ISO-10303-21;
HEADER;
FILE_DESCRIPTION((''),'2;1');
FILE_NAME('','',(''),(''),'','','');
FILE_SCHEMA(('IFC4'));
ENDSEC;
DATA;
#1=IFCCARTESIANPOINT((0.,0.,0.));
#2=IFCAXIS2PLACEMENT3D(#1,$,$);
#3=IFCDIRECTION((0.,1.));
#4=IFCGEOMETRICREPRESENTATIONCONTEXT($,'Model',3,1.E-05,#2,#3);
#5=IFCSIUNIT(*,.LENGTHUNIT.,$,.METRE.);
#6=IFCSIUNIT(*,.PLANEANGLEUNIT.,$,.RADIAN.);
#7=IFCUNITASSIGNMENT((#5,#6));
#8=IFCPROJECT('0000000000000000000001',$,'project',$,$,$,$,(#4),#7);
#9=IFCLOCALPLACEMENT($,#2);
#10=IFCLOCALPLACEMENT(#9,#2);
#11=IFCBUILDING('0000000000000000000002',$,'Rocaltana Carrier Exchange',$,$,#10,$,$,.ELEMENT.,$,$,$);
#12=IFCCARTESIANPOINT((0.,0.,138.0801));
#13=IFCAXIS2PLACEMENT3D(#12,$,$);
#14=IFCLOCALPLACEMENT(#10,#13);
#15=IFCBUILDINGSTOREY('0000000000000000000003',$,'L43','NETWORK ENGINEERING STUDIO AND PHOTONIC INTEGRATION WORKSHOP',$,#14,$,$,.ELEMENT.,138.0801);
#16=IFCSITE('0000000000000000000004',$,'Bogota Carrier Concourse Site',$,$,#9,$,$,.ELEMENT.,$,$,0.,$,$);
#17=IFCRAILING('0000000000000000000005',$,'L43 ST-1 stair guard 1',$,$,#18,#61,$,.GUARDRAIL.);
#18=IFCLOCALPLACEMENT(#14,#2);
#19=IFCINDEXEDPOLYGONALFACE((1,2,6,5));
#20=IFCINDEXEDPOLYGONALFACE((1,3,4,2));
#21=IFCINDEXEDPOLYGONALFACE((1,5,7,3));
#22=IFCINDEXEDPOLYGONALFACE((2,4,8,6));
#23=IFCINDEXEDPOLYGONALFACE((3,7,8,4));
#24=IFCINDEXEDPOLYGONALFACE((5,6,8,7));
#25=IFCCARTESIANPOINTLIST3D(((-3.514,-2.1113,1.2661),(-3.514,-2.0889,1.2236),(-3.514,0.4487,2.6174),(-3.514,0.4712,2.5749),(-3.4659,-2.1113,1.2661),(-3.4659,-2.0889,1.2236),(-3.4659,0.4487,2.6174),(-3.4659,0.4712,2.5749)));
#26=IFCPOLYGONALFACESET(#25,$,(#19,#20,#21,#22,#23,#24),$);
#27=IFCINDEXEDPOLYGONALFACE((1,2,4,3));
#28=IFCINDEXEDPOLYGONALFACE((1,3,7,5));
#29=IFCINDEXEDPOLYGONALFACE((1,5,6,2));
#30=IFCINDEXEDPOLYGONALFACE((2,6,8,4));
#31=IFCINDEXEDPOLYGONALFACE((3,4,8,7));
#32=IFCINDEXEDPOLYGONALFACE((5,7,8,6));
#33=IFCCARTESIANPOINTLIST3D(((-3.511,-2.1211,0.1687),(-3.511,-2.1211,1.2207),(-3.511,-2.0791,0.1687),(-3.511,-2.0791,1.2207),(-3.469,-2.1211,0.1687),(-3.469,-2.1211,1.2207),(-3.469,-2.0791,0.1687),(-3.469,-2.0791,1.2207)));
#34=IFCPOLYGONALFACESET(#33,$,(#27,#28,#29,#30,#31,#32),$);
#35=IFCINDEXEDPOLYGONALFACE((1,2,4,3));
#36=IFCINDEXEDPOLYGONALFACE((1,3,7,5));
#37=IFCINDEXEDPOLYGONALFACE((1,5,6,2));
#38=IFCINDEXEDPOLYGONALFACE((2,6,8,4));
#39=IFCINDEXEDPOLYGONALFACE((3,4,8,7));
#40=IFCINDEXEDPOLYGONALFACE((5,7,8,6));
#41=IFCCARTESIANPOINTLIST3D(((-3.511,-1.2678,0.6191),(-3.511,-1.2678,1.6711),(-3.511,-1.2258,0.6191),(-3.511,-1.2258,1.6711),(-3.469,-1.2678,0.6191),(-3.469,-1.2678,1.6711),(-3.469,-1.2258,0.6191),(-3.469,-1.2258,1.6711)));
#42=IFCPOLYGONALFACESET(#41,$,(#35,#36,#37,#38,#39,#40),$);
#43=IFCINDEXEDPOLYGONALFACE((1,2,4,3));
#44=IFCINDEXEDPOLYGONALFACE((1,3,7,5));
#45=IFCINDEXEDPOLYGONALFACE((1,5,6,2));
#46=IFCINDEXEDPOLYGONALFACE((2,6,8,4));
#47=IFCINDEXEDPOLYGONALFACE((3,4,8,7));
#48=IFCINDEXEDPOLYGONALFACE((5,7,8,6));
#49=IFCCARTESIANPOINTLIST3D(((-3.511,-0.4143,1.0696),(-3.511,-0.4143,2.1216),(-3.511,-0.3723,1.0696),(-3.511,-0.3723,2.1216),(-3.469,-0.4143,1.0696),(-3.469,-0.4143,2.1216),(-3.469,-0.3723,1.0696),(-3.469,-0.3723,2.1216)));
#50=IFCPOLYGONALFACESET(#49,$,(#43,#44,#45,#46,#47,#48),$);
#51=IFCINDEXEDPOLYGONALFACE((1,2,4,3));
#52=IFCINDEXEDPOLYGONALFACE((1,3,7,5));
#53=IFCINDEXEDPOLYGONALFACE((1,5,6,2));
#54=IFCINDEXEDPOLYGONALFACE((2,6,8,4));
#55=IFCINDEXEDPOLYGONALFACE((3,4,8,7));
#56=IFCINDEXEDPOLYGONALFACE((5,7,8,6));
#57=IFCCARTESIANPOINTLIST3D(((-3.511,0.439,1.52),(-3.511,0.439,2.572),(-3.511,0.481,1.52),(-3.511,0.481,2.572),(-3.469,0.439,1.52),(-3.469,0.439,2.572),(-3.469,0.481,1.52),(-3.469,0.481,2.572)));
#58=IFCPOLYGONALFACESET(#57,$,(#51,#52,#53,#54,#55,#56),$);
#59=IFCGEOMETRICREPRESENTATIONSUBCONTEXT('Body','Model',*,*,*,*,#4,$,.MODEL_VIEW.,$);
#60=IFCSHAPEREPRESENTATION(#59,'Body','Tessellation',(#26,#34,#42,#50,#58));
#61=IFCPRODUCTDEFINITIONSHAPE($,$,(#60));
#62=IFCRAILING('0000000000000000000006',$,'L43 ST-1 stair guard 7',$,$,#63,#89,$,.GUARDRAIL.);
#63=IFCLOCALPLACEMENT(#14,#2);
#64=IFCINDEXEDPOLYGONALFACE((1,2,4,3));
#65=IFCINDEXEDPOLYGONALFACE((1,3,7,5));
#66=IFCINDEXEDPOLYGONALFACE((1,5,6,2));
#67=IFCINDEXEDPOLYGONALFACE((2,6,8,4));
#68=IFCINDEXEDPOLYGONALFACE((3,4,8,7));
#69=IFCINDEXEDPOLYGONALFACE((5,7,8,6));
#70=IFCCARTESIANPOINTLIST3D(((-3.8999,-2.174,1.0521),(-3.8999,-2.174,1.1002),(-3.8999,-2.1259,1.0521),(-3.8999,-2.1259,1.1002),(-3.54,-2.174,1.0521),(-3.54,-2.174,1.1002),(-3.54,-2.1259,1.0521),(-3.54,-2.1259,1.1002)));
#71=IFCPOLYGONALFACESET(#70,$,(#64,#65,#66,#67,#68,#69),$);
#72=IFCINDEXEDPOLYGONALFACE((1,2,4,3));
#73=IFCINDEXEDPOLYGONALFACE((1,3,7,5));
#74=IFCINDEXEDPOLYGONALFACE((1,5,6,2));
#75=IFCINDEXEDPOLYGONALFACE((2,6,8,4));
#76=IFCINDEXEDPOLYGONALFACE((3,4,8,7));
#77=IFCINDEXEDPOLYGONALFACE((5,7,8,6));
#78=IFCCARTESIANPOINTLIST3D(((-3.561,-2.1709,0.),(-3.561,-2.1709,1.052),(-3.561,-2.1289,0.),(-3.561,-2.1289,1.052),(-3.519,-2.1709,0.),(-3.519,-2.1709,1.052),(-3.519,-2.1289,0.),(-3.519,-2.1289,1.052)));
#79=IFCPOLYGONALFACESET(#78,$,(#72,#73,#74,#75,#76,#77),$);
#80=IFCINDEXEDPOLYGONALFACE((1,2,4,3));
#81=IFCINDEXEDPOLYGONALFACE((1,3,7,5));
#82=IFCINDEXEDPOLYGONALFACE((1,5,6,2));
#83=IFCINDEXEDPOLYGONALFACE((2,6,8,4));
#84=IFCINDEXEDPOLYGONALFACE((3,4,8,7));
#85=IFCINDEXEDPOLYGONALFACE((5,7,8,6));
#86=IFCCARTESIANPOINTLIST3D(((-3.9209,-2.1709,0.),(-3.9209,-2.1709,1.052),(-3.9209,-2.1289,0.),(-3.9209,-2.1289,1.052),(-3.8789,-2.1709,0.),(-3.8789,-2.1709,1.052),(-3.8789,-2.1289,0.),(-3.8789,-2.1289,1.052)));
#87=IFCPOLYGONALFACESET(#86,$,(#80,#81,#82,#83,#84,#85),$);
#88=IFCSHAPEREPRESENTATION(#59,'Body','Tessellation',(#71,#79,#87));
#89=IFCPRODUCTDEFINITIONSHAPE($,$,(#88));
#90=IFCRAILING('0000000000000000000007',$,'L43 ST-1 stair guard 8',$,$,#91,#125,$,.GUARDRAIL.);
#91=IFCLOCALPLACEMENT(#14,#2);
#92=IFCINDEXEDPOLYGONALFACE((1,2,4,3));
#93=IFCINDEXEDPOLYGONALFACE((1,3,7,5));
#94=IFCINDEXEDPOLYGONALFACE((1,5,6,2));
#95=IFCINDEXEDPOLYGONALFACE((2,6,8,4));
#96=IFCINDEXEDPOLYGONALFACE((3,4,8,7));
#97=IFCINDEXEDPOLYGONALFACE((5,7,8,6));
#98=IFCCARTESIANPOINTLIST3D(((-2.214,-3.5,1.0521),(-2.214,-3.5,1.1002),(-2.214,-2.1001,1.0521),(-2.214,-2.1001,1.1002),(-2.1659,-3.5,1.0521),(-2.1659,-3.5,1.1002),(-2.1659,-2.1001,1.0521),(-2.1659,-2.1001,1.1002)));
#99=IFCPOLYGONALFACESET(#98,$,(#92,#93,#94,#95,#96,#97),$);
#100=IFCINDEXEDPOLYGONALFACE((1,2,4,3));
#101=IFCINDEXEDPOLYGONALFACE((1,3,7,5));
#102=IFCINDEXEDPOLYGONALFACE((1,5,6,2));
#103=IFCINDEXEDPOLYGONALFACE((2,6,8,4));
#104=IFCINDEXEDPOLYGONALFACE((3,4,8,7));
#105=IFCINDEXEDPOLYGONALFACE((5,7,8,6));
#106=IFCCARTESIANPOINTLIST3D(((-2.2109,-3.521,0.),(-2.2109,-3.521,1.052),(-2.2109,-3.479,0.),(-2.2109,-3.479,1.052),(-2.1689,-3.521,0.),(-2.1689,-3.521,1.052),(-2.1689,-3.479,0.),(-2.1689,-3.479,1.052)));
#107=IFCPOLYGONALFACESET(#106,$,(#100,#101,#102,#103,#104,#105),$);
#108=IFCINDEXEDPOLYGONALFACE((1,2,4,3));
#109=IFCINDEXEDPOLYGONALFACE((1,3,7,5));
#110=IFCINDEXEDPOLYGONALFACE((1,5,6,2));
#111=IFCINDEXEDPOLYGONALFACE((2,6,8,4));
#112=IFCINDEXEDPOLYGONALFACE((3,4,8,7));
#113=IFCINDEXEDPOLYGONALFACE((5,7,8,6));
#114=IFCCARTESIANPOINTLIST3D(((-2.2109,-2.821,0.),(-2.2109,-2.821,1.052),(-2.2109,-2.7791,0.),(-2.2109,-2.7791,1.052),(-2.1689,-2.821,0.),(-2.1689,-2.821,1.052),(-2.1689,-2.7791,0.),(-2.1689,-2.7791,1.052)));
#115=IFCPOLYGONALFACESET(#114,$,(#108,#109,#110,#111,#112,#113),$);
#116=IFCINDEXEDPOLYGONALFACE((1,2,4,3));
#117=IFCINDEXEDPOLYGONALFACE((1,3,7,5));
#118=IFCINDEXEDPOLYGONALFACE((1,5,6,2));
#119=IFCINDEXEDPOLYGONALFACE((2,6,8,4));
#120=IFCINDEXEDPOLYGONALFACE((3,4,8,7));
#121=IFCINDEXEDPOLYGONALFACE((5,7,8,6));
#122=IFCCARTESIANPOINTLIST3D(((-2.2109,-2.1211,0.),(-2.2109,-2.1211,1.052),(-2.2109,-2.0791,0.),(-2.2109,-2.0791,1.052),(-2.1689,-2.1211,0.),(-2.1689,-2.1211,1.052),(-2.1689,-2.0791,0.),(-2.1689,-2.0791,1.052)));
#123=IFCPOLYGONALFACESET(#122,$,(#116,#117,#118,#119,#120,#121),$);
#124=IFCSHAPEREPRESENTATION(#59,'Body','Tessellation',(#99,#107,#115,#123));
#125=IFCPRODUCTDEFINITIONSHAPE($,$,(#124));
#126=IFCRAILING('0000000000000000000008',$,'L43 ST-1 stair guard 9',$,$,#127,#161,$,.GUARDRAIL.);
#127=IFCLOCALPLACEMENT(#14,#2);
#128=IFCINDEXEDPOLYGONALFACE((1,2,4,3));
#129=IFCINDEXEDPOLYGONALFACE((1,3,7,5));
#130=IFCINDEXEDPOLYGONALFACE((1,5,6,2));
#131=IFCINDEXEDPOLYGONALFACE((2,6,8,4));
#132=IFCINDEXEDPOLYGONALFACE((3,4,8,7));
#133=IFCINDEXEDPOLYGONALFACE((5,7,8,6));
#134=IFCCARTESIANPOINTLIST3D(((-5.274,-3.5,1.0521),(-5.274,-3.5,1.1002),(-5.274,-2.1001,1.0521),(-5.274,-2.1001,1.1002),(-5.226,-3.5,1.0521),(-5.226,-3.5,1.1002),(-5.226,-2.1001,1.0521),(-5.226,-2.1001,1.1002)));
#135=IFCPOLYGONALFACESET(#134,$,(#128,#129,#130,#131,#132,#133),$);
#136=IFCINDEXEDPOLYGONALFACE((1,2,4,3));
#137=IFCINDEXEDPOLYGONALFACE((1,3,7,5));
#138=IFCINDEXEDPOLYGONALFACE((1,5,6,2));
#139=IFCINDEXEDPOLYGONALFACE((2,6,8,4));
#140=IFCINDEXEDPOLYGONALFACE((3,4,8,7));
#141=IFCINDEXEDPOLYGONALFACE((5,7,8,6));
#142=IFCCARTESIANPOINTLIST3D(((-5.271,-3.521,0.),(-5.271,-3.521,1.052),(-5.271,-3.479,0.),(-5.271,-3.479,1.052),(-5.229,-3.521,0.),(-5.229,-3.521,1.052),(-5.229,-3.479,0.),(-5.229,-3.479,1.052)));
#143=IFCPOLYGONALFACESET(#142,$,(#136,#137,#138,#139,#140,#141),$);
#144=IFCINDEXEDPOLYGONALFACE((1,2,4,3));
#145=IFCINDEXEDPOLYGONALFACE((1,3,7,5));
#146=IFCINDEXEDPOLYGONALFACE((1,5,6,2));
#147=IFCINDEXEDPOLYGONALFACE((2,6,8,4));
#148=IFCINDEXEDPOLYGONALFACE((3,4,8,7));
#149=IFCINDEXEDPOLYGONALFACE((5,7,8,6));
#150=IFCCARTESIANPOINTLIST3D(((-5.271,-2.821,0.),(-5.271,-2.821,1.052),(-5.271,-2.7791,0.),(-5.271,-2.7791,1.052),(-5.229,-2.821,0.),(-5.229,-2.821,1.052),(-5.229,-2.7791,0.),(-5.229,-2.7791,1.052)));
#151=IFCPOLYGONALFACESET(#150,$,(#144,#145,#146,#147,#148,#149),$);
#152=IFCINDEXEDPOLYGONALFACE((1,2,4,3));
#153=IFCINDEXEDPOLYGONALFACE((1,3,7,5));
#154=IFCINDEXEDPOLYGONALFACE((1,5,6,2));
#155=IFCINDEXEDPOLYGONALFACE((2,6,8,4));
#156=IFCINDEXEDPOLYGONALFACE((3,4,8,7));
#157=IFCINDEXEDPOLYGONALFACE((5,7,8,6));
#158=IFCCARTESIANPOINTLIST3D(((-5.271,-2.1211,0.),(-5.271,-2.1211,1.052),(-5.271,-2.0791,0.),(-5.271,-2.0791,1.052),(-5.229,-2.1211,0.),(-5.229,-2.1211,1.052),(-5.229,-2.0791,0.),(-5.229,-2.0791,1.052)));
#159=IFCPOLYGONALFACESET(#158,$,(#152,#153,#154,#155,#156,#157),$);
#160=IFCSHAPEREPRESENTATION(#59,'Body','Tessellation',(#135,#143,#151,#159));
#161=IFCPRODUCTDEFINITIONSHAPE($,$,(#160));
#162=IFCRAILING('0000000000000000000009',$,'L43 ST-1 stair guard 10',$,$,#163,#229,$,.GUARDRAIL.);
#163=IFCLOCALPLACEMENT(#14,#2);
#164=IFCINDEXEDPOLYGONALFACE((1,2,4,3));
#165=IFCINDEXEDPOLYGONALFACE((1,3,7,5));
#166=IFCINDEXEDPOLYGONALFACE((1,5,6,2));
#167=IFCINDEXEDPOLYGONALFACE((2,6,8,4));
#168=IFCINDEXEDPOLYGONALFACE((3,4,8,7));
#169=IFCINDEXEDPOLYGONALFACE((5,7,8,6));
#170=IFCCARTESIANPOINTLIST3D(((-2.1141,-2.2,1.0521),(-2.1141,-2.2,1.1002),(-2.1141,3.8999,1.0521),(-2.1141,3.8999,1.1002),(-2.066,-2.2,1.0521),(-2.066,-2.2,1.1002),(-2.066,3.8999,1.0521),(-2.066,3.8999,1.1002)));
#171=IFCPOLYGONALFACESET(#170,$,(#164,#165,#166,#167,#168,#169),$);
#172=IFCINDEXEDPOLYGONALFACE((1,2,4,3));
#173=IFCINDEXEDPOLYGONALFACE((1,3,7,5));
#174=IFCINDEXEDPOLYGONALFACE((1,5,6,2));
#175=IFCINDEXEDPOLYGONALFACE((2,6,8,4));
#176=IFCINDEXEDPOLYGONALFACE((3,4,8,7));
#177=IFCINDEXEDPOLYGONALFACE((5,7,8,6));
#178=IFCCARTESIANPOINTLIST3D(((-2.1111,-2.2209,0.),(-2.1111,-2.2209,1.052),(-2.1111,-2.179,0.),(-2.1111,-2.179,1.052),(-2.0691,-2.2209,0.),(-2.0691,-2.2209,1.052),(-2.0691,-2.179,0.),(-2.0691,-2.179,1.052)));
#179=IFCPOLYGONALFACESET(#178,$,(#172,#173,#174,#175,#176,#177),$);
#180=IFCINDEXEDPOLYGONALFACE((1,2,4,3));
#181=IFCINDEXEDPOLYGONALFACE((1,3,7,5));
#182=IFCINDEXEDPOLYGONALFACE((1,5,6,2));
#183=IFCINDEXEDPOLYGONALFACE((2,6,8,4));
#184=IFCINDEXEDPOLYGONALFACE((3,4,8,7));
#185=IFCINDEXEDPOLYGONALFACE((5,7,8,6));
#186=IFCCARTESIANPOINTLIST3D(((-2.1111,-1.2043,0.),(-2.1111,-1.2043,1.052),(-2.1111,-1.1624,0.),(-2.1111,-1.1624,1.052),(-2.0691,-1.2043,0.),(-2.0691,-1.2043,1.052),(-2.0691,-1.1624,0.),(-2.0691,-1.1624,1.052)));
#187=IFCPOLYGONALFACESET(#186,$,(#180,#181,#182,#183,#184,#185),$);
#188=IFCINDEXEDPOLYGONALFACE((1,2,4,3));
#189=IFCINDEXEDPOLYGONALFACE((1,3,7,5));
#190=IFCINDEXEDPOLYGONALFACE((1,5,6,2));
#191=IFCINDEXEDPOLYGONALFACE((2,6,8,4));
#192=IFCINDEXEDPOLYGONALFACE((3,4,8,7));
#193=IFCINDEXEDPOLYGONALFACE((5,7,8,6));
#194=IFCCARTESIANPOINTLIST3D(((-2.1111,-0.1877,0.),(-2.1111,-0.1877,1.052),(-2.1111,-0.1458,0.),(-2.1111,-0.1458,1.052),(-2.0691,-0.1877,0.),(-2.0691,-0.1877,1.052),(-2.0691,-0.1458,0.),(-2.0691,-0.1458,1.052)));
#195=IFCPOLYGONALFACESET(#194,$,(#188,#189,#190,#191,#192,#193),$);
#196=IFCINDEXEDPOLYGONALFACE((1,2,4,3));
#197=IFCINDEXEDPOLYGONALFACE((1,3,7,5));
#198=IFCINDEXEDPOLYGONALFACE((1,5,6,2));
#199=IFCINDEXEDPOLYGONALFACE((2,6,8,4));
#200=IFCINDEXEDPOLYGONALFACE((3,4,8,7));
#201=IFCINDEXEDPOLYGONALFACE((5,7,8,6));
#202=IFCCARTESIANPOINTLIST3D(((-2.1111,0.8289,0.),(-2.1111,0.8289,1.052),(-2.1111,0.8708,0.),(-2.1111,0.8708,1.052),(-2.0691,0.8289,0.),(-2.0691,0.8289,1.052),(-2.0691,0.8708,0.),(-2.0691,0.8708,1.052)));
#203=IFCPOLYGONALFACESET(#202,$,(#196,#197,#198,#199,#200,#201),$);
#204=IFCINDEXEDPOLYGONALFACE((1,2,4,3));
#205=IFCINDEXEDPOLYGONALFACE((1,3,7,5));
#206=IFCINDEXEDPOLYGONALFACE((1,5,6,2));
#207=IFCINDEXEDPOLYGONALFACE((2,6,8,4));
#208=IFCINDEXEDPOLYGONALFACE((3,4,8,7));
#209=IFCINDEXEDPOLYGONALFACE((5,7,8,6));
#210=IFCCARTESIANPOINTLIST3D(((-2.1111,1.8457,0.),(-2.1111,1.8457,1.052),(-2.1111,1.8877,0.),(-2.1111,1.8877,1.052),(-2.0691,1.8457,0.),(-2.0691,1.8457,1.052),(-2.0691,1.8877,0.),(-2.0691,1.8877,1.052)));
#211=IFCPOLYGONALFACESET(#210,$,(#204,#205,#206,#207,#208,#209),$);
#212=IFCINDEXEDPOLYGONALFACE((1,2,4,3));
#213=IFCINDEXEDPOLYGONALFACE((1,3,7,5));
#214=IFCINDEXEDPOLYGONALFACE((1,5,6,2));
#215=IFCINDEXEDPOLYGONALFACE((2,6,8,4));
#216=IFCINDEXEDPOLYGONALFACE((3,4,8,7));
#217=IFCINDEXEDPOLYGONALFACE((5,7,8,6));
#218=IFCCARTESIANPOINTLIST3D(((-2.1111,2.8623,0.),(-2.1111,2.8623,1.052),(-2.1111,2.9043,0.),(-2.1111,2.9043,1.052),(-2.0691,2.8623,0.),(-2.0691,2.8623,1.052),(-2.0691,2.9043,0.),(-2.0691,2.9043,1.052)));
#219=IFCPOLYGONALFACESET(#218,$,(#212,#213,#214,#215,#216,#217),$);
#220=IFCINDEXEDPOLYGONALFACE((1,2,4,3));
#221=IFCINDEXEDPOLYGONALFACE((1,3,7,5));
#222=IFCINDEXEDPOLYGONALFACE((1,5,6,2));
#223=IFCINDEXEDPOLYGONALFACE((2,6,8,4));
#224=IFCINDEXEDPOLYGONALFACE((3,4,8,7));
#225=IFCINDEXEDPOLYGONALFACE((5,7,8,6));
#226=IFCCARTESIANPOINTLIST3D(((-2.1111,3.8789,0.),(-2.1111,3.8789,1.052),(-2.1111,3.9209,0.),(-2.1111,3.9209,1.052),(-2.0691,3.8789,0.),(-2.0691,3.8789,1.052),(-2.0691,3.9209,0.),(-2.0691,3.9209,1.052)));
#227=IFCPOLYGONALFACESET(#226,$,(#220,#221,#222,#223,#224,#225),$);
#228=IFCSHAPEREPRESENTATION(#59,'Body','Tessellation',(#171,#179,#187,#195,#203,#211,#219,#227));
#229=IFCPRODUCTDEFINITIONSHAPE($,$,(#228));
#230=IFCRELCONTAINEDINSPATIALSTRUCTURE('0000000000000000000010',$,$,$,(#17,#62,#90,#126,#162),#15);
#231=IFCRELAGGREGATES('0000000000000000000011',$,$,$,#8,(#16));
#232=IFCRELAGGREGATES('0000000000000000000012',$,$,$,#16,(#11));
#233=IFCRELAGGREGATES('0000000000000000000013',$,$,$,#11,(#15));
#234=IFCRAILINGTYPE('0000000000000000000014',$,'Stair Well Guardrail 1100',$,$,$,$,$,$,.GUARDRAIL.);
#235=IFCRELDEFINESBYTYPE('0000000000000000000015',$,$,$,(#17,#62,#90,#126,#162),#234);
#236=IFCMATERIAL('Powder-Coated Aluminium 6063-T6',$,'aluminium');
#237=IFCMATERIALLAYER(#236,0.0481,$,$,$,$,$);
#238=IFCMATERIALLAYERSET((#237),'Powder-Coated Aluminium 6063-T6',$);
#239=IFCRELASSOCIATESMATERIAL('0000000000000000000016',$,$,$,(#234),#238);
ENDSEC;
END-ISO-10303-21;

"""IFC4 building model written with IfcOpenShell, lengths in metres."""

from ifc_helpers import new_model, si_unit, direction, frame, origin, origin_2d, place, context, subcontext, project, spatial, rectangle, extrude, material, layer, layer_set, type_object, element, save


model = new_model("IFC4")

# Units and contexts
model_context = context("Model", 3, precision=1e-05, world=origin(), true_north=direction((0.0, 1.0)))
body_context = subcontext(model_context, "Body", "Model", "MODEL_VIEW")
ifc_project = project(units=[si_unit("LENGTHUNIT", "METRE"), si_unit("PLANEANGLEUNIT", "RADIAN")], contexts=[model_context])

# Site, building, storey
site_placement = place(None, origin())
site = spatial("IfcSite", under=ifc_project, at=site_placement, Name="Bogota Carrier Concourse Site", CompositionType="ELEMENT", RefElevation=0.0)
building_placement = place(site_placement, origin())
building = spatial("IfcBuilding", under=site, at=building_placement, Name="Rocaltana Carrier Exchange", CompositionType="ELEMENT")
storey_placement = place(building_placement, frame((0.0, 0.0, 138.0801)))
storey = spatial("IfcBuildingStorey", under=building, at=storey_placement, Name="L43", Description="NETWORK ENGINEERING STUDIO AND PHOTONIC INTEGRATION WORKSHOP", CompositionType="ELEMENT", Elevation=138.0801)

# Railings
ifc_material_1 = material(Name="Powder-Coated Aluminium 6063-T6", Category="aluminium")
ifc_layer_1 = layer(ifc_material_1, 0.0481)
ifc_layer_set_1 = layer_set([ifc_layer_1], Name="Powder-Coated Aluminium 6063-T6")
railing_type_1 = type_object("IfcRailingType", Name="Stair Well Guardrail 1100", PredefinedType="GUARDRAIL", material=ifc_layer_set_1)
railing_1_placement = place(storey_placement, frame((-3.49, -2.1001, 0.1687)))
element("IfcRailing", 1, at=railing_1_placement, inside=storey, type_object=railing_type_1, Name="L43 ST-1 stair guard 1", PredefinedType="GUARDRAIL", context=body_context, shape_type="SweptSolid", body=[
    extrude(rectangle(XDim=0.0481, YDim=0.0481, at=origin_2d()), frame((0.0, 0.0, 1.0762), z_axis=(0.0, 0.88436, 0.466806), x_axis=(-1.0, 0.0, 0.0)), (0.0, 0.0, 1.0), 2.8948),
    extrude(rectangle(XDim=0.042, YDim=0.042, at=origin_2d()), origin(), (0.0, 0.0, 1.0), 1.052),
    extrude(rectangle(XDim=0.042, YDim=0.042, at=origin_2d()), frame((0.0, 0.8533, 0.4504)), (0.0, 0.0, 1.0), 1.052),
    extrude(rectangle(XDim=0.042, YDim=0.042, at=origin_2d()), frame((0.0, 1.7068, 0.9009)), (0.0, 0.0, 1.0), 1.052),
    extrude(rectangle(XDim=0.042, YDim=0.042, at=origin_2d()), frame((0.0, 2.5601, 1.3513)), (0.0, 0.0, 1.0), 1.052),
])
railing_2_placement = place(storey_placement, frame((-3.54, -2.1499, 0.0)))
element("IfcRailing", 2, at=railing_2_placement, inside=storey, type_object=railing_type_1, Name="L43 ST-1 stair guard 7", PredefinedType="GUARDRAIL", context=body_context, shape_type="SweptSolid", body=[
    extrude(rectangle(XDim=0.0481, YDim=0.0481, at=origin_2d()), frame((0.0, 0.0, 1.0762), z_axis=(-1.0, 0.0, 0.0), x_axis=(0.0, -1.0, 0.0)), (0.0, 0.0, 1.0), 0.3599),
    extrude(rectangle(XDim=0.042, YDim=0.042, at=origin_2d()), origin(), (0.0, 0.0, 1.0), 1.052),
    extrude(rectangle(XDim=0.042, YDim=0.042, at=origin_2d()), frame((-0.3599, 0.0, 0.0)), (0.0, 0.0, 1.0), 1.052),
])
for number, where, name in (
    (3, (-2.1899, -3.5, 0.0), "L43 ST-1 stair guard 8"),
    (4, (-5.25, -3.5, 0.0), "L43 ST-1 stair guard 9"),
):
    element("IfcRailing", number, at=place(storey_placement, frame(where)), inside=storey, type_object=railing_type_1, Name=name, PredefinedType="GUARDRAIL", context=body_context, shape_type="SweptSolid", body=[
        extrude(rectangle(XDim=0.0481, YDim=0.0481, at=origin_2d()), frame((0.0, 0.0, 1.0762), z_axis=(0.0, 1.0, 0.0), x_axis=(-1.0, 0.0, 0.0)), (0.0, 0.0, 1.0), 1.3999),
        extrude(rectangle(XDim=0.042, YDim=0.042, at=origin_2d()), origin(), (0.0, 0.0, 1.0), 1.052),
        extrude(rectangle(XDim=0.042, YDim=0.042, at=origin_2d()), frame((0.0, 0.7, 0.0)), (0.0, 0.0, 1.0), 1.052),
        extrude(rectangle(XDim=0.042, YDim=0.042, at=origin_2d()), frame((0.0, 1.3999, 0.0)), (0.0, 0.0, 1.0), 1.052),
    ])
for number, where, name in (
    (5, (-2.0901, -2.2, 0.0), "L43 ST-1 stair guard 10"),
):
    element("IfcRailing", number, at=place(storey_placement, frame(where)), inside=storey, type_object=railing_type_1, Name=name, PredefinedType="GUARDRAIL", context=body_context, shape_type="SweptSolid", body=[
        extrude(rectangle(XDim=0.0481, YDim=0.0481, at=origin_2d()), frame((0.0, 0.0, 1.0762), z_axis=(0.0, 1.0, 0.0), x_axis=(-1.0, 0.0, 0.0)), (0.0, 0.0, 1.0), 6.0999),
        extrude(rectangle(XDim=0.042, YDim=0.042, at=origin_2d()), origin(), (0.0, 0.0, 1.0), 1.052),
        extrude(rectangle(XDim=0.042, YDim=0.042, at=origin_2d()), frame((0.0, 1.0166, 0.0)), (0.0, 0.0, 1.0), 1.052),
        extrude(rectangle(XDim=0.042, YDim=0.042, at=origin_2d()), frame((0.0, 2.0332, 0.0)), (0.0, 0.0, 1.0), 1.052),
        extrude(rectangle(XDim=0.042, YDim=0.042, at=origin_2d()), frame((0.0, 3.0498, 0.0)), (0.0, 0.0, 1.0), 1.052),
        extrude(rectangle(XDim=0.042, YDim=0.042, at=origin_2d()), frame((0.0, 4.0667, 0.0)), (0.0, 0.0, 1.0), 1.052),
        extrude(rectangle(XDim=0.042, YDim=0.042, at=origin_2d()), frame((0.0, 5.0833, 0.0)), (0.0, 0.0, 1.0), 1.052),
        extrude(rectangle(XDim=0.042, YDim=0.042, at=origin_2d()), frame((0.0, 6.0999, 0.0)), (0.0, 0.0, 1.0), 1.052),
    ])

save(model, "model.ifc")
